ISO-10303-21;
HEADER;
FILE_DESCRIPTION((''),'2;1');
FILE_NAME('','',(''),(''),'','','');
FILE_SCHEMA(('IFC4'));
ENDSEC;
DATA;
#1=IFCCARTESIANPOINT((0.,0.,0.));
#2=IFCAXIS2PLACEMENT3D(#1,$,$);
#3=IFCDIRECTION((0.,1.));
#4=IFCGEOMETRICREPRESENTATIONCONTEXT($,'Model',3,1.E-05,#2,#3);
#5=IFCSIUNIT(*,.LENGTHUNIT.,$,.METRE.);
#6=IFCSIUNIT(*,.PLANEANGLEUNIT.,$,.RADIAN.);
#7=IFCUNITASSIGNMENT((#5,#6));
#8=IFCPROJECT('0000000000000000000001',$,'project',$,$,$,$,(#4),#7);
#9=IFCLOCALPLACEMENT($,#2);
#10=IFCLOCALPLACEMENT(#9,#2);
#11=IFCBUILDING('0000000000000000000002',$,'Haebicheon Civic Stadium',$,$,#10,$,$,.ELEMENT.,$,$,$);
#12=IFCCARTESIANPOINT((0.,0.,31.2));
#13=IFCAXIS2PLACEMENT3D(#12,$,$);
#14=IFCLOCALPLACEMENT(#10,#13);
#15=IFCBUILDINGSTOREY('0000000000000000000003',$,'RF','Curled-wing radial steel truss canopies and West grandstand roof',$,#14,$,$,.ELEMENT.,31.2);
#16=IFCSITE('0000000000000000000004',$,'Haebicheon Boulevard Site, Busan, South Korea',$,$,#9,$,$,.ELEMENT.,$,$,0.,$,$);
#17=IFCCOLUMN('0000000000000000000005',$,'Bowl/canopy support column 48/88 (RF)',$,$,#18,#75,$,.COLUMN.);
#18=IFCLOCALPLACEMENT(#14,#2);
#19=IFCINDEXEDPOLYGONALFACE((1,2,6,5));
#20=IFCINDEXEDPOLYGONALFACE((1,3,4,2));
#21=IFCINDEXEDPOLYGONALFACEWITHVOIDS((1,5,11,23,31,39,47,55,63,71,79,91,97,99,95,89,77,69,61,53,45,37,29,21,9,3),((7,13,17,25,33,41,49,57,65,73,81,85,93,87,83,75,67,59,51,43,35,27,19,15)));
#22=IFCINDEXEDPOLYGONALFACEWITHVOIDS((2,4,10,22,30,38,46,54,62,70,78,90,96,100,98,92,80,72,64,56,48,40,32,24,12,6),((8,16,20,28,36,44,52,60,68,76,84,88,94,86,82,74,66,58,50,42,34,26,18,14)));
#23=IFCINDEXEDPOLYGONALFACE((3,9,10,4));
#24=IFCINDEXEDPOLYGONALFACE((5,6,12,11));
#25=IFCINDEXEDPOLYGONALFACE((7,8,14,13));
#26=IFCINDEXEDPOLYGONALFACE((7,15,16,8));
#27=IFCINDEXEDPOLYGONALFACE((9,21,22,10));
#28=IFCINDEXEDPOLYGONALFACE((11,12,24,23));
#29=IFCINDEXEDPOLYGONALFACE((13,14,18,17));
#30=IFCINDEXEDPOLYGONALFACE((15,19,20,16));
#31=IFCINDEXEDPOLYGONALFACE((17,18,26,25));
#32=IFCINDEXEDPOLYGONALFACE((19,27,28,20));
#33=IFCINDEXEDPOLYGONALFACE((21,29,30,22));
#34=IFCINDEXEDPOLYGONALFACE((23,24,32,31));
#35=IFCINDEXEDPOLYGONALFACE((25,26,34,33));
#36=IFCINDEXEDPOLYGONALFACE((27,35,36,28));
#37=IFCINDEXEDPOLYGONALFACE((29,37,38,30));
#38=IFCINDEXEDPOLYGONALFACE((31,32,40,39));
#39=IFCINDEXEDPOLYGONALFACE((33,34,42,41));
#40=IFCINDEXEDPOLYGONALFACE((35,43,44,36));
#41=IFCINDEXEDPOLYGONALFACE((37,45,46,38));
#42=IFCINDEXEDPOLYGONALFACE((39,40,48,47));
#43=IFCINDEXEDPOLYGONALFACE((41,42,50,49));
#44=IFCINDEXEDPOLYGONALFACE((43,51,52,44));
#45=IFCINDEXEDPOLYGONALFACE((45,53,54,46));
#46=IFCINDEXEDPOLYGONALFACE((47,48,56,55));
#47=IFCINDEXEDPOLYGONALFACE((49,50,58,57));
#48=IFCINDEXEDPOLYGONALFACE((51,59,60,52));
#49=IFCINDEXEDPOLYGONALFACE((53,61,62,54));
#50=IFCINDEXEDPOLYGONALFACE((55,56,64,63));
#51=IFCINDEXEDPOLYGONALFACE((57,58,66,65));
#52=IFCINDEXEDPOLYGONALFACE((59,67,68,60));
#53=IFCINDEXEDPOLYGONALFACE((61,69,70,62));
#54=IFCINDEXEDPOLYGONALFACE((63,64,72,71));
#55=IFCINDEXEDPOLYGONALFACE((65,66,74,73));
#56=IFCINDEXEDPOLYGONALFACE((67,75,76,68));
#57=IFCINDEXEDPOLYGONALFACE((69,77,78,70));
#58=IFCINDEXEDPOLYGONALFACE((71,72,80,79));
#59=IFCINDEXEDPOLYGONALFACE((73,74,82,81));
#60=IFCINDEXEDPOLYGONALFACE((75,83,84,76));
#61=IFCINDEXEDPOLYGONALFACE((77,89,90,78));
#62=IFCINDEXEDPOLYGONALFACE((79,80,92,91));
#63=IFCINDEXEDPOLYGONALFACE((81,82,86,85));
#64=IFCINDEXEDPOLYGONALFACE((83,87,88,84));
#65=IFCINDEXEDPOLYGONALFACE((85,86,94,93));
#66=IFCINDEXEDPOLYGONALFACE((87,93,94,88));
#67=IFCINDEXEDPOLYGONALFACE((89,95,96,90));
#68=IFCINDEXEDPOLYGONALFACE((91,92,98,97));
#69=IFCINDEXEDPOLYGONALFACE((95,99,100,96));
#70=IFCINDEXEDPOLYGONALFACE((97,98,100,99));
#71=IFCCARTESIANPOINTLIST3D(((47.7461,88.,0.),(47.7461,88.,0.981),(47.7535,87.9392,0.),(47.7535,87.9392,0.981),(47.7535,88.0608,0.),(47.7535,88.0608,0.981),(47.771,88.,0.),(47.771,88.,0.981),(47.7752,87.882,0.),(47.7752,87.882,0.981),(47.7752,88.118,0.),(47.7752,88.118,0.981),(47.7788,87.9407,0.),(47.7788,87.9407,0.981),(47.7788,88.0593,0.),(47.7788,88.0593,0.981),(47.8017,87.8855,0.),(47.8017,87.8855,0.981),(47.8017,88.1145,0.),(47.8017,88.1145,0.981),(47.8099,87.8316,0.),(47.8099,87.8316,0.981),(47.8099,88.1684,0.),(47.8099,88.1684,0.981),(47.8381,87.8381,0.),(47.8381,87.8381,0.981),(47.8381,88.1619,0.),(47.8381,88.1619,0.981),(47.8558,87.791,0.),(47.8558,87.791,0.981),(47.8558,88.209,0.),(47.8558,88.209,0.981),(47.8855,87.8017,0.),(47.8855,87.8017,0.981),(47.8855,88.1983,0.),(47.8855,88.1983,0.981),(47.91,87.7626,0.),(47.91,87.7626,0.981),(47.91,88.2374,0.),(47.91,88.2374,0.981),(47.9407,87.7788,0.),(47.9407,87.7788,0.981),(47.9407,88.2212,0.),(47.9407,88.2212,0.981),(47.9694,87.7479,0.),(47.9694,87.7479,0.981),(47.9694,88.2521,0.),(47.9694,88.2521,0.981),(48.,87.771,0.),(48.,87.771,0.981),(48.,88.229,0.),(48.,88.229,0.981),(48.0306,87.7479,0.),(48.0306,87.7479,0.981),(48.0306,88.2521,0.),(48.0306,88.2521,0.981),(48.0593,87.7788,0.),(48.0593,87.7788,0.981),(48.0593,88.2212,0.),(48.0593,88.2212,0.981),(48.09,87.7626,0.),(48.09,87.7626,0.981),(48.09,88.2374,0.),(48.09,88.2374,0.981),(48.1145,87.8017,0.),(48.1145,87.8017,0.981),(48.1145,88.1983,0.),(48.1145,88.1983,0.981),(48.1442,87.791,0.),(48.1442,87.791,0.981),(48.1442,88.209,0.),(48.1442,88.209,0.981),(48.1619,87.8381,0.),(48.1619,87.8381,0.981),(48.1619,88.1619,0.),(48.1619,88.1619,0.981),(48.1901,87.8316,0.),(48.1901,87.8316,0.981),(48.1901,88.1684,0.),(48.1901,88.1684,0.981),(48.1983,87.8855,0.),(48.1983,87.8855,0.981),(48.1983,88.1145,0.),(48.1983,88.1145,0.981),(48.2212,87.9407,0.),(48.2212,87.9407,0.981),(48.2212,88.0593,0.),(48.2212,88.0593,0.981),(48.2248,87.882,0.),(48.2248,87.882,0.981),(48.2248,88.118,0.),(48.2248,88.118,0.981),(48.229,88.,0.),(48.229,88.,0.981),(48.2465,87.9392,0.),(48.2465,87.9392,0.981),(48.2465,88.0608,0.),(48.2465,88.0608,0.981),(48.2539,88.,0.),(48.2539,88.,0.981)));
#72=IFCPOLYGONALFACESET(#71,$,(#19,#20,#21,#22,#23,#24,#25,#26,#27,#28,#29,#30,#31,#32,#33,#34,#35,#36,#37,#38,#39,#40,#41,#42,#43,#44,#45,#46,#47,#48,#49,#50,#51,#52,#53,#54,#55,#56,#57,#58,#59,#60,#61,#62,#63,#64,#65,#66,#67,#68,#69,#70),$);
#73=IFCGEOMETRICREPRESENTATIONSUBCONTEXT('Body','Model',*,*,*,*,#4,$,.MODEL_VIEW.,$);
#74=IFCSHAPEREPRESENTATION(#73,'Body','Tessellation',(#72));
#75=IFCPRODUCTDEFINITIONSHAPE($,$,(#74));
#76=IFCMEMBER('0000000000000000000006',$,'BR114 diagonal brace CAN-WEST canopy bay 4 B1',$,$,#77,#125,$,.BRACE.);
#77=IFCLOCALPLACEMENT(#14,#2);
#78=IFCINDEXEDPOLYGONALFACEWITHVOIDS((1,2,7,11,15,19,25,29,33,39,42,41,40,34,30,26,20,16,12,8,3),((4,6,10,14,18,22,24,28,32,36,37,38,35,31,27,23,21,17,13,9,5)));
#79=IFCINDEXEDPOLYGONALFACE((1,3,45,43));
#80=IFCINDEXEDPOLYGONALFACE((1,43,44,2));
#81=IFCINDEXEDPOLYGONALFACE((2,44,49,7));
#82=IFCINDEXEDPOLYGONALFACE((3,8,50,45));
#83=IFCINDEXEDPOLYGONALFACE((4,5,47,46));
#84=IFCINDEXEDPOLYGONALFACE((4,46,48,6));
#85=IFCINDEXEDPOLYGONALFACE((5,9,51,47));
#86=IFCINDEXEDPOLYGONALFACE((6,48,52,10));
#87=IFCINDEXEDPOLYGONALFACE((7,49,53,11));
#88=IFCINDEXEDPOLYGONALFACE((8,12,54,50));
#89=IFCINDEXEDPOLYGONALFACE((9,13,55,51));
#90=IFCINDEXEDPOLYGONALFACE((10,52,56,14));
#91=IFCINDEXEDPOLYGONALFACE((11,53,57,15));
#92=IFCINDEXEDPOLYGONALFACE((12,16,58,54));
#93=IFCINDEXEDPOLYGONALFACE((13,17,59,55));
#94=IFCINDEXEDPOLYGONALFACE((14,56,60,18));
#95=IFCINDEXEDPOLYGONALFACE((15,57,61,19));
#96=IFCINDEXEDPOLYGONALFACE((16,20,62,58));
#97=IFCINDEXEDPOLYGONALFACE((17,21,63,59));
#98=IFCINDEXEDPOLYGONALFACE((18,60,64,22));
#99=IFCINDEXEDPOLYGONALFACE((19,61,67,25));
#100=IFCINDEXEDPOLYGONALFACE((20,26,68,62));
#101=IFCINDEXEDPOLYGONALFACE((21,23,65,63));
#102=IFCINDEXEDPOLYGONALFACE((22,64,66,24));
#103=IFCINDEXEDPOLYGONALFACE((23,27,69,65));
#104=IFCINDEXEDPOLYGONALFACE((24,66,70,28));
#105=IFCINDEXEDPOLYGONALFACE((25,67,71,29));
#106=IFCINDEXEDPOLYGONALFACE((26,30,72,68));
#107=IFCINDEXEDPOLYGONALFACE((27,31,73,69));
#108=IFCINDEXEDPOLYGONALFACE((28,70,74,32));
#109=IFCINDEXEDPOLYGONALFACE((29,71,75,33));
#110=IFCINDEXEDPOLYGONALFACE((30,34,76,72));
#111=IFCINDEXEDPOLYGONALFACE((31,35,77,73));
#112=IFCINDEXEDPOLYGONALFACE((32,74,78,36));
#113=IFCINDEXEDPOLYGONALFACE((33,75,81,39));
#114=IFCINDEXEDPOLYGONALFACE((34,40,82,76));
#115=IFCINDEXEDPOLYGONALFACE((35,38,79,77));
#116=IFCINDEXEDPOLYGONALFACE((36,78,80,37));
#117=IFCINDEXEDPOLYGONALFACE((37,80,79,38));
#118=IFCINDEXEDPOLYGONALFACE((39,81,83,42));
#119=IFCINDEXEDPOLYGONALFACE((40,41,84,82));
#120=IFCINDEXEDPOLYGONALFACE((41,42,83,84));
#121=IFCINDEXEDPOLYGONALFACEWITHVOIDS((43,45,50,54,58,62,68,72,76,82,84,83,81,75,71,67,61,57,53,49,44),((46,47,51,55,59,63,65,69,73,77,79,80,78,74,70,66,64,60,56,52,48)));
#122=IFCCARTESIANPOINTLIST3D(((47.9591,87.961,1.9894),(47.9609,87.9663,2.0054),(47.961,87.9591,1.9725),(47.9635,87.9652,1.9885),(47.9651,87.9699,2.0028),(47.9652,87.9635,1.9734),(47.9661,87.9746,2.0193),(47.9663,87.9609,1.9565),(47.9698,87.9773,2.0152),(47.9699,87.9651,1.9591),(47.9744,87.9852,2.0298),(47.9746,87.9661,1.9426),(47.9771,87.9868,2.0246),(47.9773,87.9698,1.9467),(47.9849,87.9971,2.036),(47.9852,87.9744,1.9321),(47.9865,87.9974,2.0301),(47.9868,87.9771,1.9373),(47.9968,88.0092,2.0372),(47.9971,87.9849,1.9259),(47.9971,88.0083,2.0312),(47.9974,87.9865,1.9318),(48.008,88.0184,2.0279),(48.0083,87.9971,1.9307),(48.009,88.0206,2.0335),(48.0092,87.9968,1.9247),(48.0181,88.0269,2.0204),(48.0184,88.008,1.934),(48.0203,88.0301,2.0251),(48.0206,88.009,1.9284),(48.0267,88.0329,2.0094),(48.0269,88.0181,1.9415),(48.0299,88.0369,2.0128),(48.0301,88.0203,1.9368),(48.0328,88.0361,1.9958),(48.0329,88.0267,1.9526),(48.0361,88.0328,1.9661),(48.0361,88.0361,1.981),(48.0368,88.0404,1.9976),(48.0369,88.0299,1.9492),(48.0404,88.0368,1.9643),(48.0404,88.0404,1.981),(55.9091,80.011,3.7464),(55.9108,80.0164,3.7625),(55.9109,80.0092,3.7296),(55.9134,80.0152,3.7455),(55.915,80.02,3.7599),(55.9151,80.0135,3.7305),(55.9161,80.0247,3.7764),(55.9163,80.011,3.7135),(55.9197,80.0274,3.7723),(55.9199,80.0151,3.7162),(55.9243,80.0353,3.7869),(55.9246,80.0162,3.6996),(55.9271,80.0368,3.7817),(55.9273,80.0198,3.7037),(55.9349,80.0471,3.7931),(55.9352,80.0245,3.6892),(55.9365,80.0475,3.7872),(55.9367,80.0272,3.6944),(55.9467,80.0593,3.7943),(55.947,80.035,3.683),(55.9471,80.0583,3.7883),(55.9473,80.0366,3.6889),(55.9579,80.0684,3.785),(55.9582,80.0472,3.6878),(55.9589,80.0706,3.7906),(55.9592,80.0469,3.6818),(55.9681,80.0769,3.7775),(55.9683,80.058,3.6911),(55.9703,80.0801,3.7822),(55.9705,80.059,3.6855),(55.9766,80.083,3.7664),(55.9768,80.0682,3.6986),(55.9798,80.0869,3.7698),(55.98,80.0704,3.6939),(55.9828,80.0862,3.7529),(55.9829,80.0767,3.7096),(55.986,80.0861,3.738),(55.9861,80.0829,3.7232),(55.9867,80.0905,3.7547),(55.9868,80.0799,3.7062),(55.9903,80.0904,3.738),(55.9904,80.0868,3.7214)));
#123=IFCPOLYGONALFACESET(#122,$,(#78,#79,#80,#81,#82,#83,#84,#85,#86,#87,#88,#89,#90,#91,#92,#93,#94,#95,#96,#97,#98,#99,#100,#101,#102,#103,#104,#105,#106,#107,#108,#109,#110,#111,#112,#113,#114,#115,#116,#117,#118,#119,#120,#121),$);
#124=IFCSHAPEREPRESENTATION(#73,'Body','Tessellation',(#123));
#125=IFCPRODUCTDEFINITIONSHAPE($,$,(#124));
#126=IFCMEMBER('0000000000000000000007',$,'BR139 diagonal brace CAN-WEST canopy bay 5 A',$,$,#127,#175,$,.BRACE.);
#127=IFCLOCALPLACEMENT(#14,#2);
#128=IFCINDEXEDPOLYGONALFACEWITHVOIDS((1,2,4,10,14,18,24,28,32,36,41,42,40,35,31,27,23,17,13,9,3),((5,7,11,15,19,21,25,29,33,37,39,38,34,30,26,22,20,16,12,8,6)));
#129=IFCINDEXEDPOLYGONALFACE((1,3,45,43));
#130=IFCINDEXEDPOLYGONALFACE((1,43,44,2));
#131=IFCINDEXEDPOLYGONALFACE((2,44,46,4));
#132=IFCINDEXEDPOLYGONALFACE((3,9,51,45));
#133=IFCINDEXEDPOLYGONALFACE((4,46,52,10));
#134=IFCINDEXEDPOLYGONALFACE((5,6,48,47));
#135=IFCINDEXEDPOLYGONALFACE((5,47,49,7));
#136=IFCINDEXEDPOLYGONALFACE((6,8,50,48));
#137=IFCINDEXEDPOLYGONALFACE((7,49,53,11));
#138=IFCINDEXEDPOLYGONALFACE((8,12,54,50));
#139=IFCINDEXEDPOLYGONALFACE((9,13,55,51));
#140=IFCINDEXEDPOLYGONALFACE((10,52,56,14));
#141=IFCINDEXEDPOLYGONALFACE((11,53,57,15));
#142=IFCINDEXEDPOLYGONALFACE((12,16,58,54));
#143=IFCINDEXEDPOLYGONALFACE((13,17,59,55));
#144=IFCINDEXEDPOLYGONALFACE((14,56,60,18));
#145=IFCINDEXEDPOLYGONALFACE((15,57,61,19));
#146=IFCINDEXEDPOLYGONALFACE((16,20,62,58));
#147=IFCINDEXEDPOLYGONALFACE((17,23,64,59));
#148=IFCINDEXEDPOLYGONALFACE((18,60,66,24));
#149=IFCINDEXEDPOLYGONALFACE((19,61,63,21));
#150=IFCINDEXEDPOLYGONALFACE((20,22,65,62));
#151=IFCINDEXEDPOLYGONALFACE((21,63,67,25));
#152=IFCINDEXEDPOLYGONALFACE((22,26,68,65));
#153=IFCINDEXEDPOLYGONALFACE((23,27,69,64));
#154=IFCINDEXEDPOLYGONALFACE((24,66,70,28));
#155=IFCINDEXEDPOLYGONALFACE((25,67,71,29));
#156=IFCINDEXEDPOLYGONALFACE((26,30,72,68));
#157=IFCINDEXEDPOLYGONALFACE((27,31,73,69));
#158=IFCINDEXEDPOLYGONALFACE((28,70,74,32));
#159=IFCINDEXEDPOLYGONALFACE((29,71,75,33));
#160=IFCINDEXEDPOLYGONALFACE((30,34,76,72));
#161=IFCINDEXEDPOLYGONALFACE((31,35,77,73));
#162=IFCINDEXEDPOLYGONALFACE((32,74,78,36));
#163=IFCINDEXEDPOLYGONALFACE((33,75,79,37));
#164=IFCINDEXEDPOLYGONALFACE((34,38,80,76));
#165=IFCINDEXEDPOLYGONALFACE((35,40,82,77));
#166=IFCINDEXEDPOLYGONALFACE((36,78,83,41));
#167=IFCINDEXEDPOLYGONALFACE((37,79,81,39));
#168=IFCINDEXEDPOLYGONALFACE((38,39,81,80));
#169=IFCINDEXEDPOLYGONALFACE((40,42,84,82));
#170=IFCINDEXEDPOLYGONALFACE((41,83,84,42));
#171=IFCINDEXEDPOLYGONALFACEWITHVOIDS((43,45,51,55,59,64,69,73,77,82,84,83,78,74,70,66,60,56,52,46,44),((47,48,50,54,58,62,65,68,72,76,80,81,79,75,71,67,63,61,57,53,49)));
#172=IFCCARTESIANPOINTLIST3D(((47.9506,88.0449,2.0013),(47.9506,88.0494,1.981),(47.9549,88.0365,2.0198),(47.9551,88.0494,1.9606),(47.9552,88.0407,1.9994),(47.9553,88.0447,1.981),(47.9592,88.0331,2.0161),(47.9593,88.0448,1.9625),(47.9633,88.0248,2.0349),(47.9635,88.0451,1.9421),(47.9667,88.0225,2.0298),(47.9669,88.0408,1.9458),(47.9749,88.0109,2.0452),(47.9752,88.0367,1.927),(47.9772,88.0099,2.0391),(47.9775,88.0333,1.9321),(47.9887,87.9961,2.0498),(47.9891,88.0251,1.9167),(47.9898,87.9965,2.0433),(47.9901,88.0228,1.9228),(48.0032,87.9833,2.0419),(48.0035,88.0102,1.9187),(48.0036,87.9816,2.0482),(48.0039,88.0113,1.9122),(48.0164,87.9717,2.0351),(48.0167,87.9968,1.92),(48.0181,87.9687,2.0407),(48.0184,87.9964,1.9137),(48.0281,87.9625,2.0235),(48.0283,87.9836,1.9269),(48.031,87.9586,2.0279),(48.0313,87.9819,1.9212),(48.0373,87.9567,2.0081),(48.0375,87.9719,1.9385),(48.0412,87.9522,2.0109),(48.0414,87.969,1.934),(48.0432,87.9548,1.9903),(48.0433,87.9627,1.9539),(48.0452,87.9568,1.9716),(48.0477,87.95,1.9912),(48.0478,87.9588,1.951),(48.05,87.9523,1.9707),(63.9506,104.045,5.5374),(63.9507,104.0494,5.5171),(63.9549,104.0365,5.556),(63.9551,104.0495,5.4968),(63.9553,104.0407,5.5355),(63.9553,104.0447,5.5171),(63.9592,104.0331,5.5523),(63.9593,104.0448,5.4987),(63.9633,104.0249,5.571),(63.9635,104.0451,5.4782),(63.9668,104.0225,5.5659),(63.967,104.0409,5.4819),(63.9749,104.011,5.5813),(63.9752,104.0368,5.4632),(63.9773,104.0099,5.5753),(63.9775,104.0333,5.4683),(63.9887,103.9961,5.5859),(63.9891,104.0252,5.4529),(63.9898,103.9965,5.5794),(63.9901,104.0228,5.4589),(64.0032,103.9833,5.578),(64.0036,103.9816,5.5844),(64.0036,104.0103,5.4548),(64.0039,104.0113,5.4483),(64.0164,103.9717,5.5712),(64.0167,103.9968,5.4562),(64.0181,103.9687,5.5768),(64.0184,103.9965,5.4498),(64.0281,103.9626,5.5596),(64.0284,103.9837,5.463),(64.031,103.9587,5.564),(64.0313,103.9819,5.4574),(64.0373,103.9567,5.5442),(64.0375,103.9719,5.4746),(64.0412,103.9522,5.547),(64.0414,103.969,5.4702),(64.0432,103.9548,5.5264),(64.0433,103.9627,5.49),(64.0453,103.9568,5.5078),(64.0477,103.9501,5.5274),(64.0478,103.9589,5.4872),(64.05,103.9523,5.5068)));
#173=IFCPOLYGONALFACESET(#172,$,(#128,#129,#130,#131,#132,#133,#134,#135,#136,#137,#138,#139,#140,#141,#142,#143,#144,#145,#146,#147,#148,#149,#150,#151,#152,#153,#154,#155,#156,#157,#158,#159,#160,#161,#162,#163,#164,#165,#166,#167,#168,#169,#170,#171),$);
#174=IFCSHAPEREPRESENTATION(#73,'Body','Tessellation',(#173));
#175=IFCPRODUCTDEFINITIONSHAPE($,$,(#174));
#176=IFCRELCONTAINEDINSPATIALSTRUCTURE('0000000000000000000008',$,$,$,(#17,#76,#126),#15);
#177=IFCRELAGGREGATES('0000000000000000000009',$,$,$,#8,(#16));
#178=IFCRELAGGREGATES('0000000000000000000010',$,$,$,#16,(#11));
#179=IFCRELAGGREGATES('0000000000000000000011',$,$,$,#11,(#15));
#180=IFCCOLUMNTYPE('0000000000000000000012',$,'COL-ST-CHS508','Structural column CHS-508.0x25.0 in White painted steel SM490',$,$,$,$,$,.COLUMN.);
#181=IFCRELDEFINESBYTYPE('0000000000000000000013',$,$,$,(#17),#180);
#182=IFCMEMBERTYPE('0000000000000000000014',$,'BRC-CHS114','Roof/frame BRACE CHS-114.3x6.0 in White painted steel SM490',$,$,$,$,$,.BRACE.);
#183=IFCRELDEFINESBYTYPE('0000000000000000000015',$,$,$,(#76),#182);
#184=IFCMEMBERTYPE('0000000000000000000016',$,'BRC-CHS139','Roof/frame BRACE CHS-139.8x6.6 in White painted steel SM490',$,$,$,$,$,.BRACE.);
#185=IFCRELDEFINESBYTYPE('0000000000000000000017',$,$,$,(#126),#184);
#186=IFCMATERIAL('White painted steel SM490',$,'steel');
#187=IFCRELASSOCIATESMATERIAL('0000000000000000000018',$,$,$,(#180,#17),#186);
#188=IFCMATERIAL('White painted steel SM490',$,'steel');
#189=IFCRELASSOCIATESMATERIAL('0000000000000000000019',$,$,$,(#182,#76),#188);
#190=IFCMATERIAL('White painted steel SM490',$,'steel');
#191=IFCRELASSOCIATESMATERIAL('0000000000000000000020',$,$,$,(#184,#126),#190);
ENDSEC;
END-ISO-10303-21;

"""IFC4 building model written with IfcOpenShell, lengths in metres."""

from ifc_helpers import new_model, si_unit, direction, frame, origin, origin_2d, place, context, subcontext, project, spatial, hollow_circle, extrude, material, material_profile, profile_set, type_object, element, save


model = new_model("IFC4")

# Units and contexts
model_context = context("Model", 3, precision=1e-05, world=origin(), true_north=direction((0.0, 1.0)))
body_context = subcontext(model_context, "Body", "Model", "MODEL_VIEW")
ifc_project = project(units=[si_unit("LENGTHUNIT", "METRE"), si_unit("PLANEANGLEUNIT", "RADIAN")], contexts=[model_context])

# Site, building, storey
site_placement = place(None, origin())
site = spatial("IfcSite", under=ifc_project, at=site_placement, Name="Haebicheon Boulevard Site, Busan, South Korea", CompositionType="ELEMENT", RefElevation=0.0)
building_placement = place(site_placement, origin())
building = spatial("IfcBuilding", under=site, at=building_placement, Name="Haebicheon Civic Stadium", CompositionType="ELEMENT")
storey_placement = place(building_placement, frame((0.0, 0.0, 31.2)))
storey = spatial("IfcBuildingStorey", under=building, at=storey_placement, Name="RF", Description="Curled-wing radial steel truss canopies and West grandstand roof", CompositionType="ELEMENT", Elevation=31.2)

# Column
ifc_material_1 = material(Name="White painted steel SM490", Category="steel")
ifc_material_profile_1 = material_profile(ifc_material_1, hollow_circle(Radius=0.2539, WallThickness=0.0249, at=origin_2d()), Name="CHS-508.0x25.0")
ifc_profile_set_1 = profile_set([ifc_material_profile_1], Name="White painted steel SM490")
column_type = type_object("IfcColumnType", Name="COL-ST-CHS508", Description="Structural column CHS-508.0x25.0 in White painted steel SM490", PredefinedType="COLUMN", material=ifc_profile_set_1)
column_placement = place(storey_placement, frame((48.0, 88.0, 0.0), z_axis=(0.0, 0.0, 1.0), x_axis=(1.0, 0.0, 0.0)))
element("IfcColumn", 1, at=column_placement, inside=storey, type_object=column_type, material=ifc_profile_set_1, Name="Bowl/canopy support column 48/88 (RF)", PredefinedType="COLUMN", context=body_context, shape_type="SweptSolid", body=[
    extrude(hollow_circle(Radius=0.2539, WallThickness=0.0249, at=origin_2d()), origin(), (0.0, 0.0, 1.0), 0.981),
])

# Members
ifc_material_2 = material(Name="White painted steel SM490", Category="steel")
ifc_material_profile_2 = material_profile(ifc_material_2, hollow_circle(Radius=0.0571, WallThickness=0.0061, at=origin_2d()), Name="CHS-114.3x6.0")
ifc_profile_set_2 = profile_set([ifc_material_profile_2], Name="White painted steel SM490")
member_type_1 = type_object("IfcMemberType", Name="BRC-CHS114", Description="Roof/frame BRACE CHS-114.3x6.0 in White painted steel SM490", PredefinedType="BRACE", material=ifc_profile_set_2)
member_1_placement = place(storey_placement, frame((48.0, 88.0, 1.981), z_axis=(0.698626, -0.698626, 0.154409), x_axis=(0.707107, 0.707107, 0.0)))
element("IfcMember", 2, at=member_1_placement, inside=storey, type_object=member_type_1, material=ifc_profile_set_2, Name="BR114 diagonal brace CAN-WEST canopy bay 4 B1", PredefinedType="BRACE", context=body_context, shape_type="SweptSolid", body=[
    extrude(hollow_circle(Radius=0.0571, WallThickness=0.0061, at=origin_2d()), origin(), (0.0, 0.0, 1.0), 11.3794),
])
ifc_material_3 = material(Name="White painted steel SM490", Category="steel")
ifc_material_profile_3 = material_profile(ifc_material_3, hollow_circle(Radius=0.0698, WallThickness=0.0066, at=origin_2d()), Name="CHS-139.8x6.6")
ifc_profile_set_3 = profile_set([ifc_material_profile_3], Name="White painted steel SM490")
member_type_2 = type_object("IfcMemberType", Name="BRC-CHS139", Description="Roof/frame BRACE CHS-139.8x6.6 in White painted steel SM490", PredefinedType="BRACE", material=ifc_profile_set_3)
member_2_placement = place(storey_placement, frame((48.0, 88.0, 1.981), z_axis=(0.698627, 0.698627, 0.154402), x_axis=(-0.707107, 0.707107, 0.0)))
element("IfcMember", 3, at=member_2_placement, inside=storey, type_object=member_type_2, material=ifc_profile_set_3, Name="BR139 diagonal brace CAN-WEST canopy bay 5 A", PredefinedType="BRACE", context=body_context, shape_type="SweptSolid", body=[
    extrude(hollow_circle(Radius=0.0698, WallThickness=0.0066, at=origin_2d()), origin(), (0.0, 0.0, 1.0), 22.9021),
])

save(model, "model.ifc")
